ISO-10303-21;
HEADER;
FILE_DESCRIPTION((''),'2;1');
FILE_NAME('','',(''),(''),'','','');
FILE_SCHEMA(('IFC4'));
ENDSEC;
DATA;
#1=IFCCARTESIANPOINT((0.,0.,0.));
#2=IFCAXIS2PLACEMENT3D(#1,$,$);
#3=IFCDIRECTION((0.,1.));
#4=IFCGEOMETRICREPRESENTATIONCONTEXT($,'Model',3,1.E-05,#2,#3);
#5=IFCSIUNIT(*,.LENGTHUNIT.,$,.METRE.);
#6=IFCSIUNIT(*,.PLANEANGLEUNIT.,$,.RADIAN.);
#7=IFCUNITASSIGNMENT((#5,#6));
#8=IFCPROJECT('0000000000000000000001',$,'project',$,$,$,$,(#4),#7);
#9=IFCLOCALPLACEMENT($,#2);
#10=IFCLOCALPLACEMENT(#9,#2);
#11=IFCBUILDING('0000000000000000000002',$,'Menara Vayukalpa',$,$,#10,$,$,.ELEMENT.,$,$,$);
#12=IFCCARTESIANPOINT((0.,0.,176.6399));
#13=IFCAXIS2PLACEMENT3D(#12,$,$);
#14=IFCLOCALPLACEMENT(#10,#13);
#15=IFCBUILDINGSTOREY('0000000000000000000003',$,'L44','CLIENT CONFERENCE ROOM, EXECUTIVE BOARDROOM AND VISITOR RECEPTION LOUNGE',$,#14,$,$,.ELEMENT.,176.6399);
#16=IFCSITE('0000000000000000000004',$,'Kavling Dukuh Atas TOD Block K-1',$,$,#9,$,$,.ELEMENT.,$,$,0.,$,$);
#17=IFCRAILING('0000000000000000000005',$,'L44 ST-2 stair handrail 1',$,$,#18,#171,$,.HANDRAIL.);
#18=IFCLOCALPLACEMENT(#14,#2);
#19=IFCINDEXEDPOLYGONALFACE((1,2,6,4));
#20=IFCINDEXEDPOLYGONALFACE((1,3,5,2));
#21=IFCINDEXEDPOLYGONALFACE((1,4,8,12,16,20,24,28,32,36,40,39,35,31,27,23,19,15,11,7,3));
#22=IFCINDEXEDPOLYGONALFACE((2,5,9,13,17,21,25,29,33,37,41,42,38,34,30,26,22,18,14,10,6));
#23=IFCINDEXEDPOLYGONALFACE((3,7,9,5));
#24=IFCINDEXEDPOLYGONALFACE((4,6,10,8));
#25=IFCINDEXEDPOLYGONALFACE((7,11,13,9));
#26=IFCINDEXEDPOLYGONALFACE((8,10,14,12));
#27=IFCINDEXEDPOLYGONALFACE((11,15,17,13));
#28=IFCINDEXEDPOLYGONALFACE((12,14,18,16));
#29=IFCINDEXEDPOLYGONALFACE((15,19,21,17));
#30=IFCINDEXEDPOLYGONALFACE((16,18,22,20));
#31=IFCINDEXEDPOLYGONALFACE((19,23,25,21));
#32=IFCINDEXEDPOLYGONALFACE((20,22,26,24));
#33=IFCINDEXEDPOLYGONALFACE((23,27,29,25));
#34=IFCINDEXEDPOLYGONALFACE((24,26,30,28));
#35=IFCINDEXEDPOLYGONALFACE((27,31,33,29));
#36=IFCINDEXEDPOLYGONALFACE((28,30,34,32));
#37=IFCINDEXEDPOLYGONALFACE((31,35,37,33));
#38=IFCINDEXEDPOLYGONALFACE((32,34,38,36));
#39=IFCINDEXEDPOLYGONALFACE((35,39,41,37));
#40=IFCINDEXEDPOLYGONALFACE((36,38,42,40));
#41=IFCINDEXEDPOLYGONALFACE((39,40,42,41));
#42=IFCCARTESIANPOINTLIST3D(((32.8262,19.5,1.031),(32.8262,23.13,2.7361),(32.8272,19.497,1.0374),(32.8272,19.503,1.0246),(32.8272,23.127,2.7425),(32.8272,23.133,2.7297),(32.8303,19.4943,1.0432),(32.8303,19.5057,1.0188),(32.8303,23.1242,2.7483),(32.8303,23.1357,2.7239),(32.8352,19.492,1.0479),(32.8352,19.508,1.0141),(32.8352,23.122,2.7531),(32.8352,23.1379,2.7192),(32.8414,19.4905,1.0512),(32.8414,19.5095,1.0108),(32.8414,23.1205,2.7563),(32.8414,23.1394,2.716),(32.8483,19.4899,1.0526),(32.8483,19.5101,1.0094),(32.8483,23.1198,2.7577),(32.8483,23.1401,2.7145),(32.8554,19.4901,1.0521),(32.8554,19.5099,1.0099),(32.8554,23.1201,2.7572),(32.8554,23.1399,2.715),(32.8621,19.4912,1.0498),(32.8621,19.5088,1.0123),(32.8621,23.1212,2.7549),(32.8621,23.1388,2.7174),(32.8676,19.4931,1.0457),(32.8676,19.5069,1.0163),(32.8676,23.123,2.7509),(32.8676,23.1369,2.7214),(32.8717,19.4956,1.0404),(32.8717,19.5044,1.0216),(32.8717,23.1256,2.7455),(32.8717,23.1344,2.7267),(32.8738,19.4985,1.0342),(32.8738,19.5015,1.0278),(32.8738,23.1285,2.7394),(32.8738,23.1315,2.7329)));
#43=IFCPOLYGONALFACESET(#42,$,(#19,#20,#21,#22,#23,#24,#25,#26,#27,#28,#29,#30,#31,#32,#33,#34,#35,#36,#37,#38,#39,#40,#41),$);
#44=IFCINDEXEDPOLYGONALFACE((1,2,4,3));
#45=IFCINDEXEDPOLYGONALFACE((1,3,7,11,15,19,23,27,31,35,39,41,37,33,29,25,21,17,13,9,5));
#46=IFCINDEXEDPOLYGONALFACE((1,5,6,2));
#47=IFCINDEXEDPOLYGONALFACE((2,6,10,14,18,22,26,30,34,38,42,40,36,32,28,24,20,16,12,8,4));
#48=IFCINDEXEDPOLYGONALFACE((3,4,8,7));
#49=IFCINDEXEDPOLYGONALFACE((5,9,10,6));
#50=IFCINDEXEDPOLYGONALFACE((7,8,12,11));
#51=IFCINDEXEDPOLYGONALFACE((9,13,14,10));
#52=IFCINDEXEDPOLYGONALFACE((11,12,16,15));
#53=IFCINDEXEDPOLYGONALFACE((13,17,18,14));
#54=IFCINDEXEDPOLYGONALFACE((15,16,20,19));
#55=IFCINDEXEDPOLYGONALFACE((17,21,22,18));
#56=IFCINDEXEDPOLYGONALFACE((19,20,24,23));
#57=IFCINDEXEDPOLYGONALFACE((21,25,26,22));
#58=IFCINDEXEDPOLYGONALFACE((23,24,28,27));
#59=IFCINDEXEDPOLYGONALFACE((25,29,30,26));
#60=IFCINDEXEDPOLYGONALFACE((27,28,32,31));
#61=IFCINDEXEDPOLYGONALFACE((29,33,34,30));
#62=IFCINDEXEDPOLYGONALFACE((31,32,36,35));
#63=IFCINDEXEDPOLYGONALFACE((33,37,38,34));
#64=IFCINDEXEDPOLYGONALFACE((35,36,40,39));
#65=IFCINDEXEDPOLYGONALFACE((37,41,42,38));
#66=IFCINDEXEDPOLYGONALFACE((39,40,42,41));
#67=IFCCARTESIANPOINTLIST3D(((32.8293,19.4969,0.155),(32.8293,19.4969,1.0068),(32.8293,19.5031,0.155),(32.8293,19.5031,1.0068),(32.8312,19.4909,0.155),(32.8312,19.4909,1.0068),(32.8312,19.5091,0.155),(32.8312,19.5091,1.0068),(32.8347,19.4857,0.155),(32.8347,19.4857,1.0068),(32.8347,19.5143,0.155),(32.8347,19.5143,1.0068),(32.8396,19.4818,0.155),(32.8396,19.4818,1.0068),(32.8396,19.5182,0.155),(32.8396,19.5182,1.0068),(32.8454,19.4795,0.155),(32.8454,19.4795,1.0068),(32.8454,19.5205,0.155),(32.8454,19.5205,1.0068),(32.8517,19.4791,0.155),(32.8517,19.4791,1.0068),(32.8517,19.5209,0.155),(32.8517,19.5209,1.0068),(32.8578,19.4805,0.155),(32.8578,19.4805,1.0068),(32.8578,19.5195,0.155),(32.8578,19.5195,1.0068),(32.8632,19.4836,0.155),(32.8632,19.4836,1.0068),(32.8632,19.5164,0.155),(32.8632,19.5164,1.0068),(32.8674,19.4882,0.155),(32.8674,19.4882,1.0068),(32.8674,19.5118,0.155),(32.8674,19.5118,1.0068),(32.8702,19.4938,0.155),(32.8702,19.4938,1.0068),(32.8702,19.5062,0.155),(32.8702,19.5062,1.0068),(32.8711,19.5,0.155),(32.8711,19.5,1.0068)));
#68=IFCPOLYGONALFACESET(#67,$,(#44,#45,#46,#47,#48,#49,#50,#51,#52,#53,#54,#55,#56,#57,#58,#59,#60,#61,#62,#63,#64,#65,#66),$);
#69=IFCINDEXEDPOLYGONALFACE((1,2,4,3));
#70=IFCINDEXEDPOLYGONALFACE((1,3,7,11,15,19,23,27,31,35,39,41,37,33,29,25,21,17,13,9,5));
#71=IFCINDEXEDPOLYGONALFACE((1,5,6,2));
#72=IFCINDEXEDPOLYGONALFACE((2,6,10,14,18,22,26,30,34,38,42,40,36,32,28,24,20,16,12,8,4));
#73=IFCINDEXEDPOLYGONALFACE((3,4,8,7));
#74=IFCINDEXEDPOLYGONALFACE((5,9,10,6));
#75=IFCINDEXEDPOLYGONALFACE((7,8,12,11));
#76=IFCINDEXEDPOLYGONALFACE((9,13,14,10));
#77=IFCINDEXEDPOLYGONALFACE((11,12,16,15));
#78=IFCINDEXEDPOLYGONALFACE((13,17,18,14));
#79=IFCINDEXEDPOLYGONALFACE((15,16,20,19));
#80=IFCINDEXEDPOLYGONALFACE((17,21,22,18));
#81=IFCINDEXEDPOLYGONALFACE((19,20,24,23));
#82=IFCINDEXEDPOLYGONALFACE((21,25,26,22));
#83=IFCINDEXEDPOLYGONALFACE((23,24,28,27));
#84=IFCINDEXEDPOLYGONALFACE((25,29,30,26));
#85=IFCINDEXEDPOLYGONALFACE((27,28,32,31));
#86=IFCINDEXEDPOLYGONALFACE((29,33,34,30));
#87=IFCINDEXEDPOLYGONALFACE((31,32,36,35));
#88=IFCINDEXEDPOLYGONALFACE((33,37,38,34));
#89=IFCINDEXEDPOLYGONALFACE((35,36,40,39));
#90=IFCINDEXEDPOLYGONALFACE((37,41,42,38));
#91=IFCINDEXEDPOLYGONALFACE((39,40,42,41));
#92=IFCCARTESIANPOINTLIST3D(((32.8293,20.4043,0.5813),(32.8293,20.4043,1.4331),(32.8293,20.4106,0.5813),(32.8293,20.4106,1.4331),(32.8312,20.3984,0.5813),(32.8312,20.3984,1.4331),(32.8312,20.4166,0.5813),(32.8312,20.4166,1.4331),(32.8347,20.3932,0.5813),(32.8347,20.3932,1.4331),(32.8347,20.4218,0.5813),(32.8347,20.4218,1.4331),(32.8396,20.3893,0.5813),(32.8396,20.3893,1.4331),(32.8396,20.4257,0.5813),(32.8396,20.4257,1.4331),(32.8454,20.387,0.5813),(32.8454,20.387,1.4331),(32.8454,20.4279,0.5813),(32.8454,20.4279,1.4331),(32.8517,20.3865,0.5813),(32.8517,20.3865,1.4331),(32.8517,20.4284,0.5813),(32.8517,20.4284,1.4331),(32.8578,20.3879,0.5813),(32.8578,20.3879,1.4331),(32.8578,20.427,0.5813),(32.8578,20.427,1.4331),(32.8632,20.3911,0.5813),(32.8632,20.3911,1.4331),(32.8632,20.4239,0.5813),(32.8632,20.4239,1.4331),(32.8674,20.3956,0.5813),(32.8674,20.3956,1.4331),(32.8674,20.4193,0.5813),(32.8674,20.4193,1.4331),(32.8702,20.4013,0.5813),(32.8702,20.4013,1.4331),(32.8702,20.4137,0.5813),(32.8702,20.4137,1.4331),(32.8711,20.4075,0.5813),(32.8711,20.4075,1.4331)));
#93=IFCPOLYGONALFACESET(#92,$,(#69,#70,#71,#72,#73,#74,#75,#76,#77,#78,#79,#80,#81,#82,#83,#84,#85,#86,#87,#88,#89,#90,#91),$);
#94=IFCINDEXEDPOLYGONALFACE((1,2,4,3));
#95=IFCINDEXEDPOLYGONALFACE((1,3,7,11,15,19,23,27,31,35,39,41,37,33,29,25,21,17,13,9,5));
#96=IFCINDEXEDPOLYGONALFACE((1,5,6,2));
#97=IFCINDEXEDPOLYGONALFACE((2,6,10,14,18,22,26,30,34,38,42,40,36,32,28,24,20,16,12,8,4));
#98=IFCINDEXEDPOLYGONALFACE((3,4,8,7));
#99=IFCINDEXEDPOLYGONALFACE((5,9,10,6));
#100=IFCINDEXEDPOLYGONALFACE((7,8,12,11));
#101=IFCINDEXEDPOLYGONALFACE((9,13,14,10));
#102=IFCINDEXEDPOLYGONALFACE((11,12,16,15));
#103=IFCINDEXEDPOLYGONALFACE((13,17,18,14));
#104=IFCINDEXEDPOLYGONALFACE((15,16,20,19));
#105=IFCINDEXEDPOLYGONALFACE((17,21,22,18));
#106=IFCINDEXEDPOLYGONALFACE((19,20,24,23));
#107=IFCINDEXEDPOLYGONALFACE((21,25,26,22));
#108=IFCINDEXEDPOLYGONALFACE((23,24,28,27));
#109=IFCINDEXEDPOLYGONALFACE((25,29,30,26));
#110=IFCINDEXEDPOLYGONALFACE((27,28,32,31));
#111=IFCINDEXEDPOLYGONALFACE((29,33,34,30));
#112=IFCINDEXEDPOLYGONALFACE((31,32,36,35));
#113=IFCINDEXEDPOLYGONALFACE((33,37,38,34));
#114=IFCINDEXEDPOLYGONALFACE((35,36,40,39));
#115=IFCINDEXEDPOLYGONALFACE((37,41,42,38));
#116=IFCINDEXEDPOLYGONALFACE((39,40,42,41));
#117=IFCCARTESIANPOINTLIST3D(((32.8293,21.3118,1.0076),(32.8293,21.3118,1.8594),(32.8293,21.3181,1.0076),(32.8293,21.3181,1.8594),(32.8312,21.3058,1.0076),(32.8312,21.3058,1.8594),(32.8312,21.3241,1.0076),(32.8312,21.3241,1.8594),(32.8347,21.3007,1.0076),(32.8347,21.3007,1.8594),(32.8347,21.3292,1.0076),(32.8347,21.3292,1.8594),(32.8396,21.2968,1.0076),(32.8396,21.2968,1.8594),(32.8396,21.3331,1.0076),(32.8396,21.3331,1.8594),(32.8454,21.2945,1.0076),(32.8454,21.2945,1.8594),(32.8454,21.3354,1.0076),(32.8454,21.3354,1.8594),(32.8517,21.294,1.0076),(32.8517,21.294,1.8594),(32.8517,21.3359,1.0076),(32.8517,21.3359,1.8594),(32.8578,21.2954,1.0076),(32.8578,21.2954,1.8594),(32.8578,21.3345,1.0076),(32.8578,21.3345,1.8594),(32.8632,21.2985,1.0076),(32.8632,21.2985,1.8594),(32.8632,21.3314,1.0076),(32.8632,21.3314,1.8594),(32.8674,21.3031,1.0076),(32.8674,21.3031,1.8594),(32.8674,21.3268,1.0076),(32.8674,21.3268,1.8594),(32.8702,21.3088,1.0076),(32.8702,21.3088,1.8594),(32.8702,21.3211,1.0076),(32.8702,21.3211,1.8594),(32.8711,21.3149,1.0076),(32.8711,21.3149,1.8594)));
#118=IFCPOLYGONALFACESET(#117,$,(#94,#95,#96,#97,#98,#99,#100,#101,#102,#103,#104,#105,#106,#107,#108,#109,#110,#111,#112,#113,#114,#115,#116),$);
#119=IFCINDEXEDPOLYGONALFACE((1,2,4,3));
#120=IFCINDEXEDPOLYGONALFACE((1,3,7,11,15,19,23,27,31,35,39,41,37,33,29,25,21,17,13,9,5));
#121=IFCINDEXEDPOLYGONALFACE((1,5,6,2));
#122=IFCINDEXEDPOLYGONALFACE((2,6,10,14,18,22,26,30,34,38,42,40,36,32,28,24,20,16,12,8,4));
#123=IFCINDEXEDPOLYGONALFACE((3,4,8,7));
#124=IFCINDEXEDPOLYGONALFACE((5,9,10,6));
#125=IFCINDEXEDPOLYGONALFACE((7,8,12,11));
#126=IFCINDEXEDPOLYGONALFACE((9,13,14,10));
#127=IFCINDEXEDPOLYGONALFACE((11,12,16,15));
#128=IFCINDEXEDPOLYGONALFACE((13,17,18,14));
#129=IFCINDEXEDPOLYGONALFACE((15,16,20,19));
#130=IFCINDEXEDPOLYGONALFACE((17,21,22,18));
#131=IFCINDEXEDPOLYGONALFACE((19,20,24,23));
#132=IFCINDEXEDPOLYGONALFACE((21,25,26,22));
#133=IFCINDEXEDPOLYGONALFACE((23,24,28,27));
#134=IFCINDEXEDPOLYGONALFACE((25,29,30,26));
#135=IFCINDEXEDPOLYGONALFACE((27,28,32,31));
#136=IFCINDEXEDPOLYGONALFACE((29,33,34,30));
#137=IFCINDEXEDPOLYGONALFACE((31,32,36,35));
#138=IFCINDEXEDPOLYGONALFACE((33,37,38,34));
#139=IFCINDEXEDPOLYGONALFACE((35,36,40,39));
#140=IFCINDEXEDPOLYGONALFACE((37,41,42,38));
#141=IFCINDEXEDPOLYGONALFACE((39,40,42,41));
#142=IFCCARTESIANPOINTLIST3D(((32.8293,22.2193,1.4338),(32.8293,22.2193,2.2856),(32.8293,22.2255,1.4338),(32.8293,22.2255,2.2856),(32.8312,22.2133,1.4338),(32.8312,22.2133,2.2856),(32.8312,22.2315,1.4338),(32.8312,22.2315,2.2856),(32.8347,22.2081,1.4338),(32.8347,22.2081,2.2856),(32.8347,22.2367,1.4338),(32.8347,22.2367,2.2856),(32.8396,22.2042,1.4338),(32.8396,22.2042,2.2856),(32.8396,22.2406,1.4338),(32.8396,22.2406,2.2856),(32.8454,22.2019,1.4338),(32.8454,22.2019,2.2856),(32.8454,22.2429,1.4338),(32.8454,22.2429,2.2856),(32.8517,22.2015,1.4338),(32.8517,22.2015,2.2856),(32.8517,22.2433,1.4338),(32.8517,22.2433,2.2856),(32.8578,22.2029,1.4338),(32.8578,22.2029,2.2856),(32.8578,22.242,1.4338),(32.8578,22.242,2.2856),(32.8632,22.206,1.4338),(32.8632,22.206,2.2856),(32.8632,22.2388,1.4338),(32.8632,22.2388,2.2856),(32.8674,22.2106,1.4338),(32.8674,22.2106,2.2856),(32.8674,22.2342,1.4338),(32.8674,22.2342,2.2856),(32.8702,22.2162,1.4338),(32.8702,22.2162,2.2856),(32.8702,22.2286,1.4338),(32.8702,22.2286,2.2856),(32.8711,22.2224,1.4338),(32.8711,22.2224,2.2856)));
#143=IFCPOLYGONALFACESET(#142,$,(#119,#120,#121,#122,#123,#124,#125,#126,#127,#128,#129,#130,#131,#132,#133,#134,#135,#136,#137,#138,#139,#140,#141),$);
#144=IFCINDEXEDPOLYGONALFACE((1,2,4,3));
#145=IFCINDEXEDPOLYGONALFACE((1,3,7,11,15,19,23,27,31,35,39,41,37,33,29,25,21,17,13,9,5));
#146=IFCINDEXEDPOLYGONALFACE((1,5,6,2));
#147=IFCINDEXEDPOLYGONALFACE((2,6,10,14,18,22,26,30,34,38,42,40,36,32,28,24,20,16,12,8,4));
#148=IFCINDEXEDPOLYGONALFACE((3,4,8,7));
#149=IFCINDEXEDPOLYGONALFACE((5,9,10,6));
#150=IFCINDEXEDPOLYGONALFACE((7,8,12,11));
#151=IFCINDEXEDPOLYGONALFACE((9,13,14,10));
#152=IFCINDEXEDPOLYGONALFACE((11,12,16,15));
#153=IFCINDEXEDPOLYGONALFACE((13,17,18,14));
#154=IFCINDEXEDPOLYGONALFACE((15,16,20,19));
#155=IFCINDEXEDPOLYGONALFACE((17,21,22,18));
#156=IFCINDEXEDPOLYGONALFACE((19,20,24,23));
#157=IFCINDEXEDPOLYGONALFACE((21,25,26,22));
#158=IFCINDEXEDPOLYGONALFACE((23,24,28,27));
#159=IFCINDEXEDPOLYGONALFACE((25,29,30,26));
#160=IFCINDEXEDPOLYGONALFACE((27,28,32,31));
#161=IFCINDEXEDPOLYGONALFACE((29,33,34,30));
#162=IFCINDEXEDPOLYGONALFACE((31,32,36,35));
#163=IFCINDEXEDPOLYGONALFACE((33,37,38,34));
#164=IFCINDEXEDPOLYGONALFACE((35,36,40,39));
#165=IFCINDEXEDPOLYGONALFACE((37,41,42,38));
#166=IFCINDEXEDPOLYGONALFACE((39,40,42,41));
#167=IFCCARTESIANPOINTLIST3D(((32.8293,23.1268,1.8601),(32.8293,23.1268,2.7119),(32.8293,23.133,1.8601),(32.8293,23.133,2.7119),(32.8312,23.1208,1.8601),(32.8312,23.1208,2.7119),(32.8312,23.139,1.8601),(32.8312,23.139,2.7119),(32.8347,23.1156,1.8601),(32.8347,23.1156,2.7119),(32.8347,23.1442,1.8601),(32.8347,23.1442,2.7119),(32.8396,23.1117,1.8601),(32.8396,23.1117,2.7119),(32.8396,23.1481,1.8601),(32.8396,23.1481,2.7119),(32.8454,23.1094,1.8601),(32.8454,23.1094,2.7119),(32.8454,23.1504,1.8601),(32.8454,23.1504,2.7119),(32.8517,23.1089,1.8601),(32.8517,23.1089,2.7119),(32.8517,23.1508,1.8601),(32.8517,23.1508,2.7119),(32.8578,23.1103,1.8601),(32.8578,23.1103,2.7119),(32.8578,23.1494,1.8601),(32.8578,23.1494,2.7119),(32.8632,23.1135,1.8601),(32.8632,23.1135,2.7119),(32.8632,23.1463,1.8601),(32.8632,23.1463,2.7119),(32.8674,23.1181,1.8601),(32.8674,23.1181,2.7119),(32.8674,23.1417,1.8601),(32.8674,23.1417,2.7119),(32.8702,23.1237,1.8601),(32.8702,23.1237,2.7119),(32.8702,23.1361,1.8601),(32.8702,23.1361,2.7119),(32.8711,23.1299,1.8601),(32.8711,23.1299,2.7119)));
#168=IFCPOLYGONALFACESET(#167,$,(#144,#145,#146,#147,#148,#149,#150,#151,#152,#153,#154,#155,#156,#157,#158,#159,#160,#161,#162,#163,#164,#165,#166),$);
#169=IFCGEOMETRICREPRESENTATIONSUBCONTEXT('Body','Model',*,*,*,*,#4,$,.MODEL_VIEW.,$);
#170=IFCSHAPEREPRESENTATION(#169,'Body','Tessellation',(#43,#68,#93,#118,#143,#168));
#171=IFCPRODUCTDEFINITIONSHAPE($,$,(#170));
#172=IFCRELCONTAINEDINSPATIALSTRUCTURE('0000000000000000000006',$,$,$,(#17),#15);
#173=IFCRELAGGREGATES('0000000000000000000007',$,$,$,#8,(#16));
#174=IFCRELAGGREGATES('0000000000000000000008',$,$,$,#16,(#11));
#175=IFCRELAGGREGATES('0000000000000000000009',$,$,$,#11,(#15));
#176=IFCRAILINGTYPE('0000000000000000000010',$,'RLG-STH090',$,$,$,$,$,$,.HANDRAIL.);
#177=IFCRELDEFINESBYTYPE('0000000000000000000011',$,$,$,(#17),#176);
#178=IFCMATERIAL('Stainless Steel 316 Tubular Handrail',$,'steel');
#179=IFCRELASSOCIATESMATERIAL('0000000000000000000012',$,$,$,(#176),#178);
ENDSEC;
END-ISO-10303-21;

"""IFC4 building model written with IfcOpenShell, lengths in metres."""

from ifc_helpers import new_model, si_unit, direction, frame, origin, origin_2d, place, context, subcontext, project, spatial, circle, extrude, material, type_object, element, save


model = new_model("IFC4")

# Units and contexts
model_context = context("Model", 3, precision=1e-05, world=origin(), true_north=direction((0.0, 1.0)))
body_context = subcontext(model_context, "Body", "Model", "MODEL_VIEW")
ifc_project = project(units=[si_unit("LENGTHUNIT", "METRE"), si_unit("PLANEANGLEUNIT", "RADIAN")], contexts=[model_context])

# Site, building, storey
site_placement = place(None, origin())
site = spatial("IfcSite", under=ifc_project, at=site_placement, Name="Kavling Dukuh Atas TOD Block K-1", CompositionType="ELEMENT", RefElevation=0.0)
building_placement = place(site_placement, origin())
building = spatial("IfcBuilding", under=site, at=building_placement, Name="Menara Vayukalpa", CompositionType="ELEMENT")
storey_placement = place(building_placement, frame((0.0, 0.0, 176.6399)))
storey = spatial("IfcBuildingStorey", under=building, at=storey_placement, Name="L44", Description="CLIENT CONFERENCE ROOM, EXECUTIVE BOARDROOM AND VISITOR RECEPTION LOUNGE", CompositionType="ELEMENT", Elevation=176.6399)

# Railing
ifc_material_1 = material(Name="Stainless Steel 316 Tubular Handrail", Category="steel")
railing_type_1 = type_object("IfcRailingType", Name="RLG-STH090", PredefinedType="HANDRAIL", material=ifc_material_1)
railing_1_placement = place(storey_placement, frame((32.8501, 19.5, 0.155)))
element("IfcRailing", 1, at=railing_1_placement, inside=storey, type_object=railing_type_1, Name="L44 ST-2 stair handrail 1", PredefinedType="HANDRAIL", context=body_context, shape_type="SweptSolid", body=[
    extrude(circle(Radius=0.0239, at=origin_2d()), frame((0.0, 0.0, 0.876), z_axis=(0.0, 0.905116, 0.425164), x_axis=(-1.0, 0.0, 0.0)), (0.0, 0.0, 1.0), 4.0105),
    extrude(circle(Radius=0.021, at=origin_2d()), origin(), (0.0, 0.0, 1.0), 0.8518),
    extrude(circle(Radius=0.021, at=origin_2d()), frame((0.0, 0.9075, 0.4263)), (0.0, 0.0, 1.0), 0.8518),
    extrude(circle(Radius=0.021, at=origin_2d()), frame((0.0, 1.8149, 0.8525)), (0.0, 0.0, 1.0), 0.8518),
    extrude(circle(Radius=0.021, at=origin_2d()), frame((0.0, 2.7224, 1.2788)), (0.0, 0.0, 1.0), 0.8518),
    extrude(circle(Radius=0.021, at=origin_2d()), frame((0.0, 3.6299, 1.7051)), (0.0, 0.0, 1.0), 0.8518),
])

save(model, "model.ifc")
